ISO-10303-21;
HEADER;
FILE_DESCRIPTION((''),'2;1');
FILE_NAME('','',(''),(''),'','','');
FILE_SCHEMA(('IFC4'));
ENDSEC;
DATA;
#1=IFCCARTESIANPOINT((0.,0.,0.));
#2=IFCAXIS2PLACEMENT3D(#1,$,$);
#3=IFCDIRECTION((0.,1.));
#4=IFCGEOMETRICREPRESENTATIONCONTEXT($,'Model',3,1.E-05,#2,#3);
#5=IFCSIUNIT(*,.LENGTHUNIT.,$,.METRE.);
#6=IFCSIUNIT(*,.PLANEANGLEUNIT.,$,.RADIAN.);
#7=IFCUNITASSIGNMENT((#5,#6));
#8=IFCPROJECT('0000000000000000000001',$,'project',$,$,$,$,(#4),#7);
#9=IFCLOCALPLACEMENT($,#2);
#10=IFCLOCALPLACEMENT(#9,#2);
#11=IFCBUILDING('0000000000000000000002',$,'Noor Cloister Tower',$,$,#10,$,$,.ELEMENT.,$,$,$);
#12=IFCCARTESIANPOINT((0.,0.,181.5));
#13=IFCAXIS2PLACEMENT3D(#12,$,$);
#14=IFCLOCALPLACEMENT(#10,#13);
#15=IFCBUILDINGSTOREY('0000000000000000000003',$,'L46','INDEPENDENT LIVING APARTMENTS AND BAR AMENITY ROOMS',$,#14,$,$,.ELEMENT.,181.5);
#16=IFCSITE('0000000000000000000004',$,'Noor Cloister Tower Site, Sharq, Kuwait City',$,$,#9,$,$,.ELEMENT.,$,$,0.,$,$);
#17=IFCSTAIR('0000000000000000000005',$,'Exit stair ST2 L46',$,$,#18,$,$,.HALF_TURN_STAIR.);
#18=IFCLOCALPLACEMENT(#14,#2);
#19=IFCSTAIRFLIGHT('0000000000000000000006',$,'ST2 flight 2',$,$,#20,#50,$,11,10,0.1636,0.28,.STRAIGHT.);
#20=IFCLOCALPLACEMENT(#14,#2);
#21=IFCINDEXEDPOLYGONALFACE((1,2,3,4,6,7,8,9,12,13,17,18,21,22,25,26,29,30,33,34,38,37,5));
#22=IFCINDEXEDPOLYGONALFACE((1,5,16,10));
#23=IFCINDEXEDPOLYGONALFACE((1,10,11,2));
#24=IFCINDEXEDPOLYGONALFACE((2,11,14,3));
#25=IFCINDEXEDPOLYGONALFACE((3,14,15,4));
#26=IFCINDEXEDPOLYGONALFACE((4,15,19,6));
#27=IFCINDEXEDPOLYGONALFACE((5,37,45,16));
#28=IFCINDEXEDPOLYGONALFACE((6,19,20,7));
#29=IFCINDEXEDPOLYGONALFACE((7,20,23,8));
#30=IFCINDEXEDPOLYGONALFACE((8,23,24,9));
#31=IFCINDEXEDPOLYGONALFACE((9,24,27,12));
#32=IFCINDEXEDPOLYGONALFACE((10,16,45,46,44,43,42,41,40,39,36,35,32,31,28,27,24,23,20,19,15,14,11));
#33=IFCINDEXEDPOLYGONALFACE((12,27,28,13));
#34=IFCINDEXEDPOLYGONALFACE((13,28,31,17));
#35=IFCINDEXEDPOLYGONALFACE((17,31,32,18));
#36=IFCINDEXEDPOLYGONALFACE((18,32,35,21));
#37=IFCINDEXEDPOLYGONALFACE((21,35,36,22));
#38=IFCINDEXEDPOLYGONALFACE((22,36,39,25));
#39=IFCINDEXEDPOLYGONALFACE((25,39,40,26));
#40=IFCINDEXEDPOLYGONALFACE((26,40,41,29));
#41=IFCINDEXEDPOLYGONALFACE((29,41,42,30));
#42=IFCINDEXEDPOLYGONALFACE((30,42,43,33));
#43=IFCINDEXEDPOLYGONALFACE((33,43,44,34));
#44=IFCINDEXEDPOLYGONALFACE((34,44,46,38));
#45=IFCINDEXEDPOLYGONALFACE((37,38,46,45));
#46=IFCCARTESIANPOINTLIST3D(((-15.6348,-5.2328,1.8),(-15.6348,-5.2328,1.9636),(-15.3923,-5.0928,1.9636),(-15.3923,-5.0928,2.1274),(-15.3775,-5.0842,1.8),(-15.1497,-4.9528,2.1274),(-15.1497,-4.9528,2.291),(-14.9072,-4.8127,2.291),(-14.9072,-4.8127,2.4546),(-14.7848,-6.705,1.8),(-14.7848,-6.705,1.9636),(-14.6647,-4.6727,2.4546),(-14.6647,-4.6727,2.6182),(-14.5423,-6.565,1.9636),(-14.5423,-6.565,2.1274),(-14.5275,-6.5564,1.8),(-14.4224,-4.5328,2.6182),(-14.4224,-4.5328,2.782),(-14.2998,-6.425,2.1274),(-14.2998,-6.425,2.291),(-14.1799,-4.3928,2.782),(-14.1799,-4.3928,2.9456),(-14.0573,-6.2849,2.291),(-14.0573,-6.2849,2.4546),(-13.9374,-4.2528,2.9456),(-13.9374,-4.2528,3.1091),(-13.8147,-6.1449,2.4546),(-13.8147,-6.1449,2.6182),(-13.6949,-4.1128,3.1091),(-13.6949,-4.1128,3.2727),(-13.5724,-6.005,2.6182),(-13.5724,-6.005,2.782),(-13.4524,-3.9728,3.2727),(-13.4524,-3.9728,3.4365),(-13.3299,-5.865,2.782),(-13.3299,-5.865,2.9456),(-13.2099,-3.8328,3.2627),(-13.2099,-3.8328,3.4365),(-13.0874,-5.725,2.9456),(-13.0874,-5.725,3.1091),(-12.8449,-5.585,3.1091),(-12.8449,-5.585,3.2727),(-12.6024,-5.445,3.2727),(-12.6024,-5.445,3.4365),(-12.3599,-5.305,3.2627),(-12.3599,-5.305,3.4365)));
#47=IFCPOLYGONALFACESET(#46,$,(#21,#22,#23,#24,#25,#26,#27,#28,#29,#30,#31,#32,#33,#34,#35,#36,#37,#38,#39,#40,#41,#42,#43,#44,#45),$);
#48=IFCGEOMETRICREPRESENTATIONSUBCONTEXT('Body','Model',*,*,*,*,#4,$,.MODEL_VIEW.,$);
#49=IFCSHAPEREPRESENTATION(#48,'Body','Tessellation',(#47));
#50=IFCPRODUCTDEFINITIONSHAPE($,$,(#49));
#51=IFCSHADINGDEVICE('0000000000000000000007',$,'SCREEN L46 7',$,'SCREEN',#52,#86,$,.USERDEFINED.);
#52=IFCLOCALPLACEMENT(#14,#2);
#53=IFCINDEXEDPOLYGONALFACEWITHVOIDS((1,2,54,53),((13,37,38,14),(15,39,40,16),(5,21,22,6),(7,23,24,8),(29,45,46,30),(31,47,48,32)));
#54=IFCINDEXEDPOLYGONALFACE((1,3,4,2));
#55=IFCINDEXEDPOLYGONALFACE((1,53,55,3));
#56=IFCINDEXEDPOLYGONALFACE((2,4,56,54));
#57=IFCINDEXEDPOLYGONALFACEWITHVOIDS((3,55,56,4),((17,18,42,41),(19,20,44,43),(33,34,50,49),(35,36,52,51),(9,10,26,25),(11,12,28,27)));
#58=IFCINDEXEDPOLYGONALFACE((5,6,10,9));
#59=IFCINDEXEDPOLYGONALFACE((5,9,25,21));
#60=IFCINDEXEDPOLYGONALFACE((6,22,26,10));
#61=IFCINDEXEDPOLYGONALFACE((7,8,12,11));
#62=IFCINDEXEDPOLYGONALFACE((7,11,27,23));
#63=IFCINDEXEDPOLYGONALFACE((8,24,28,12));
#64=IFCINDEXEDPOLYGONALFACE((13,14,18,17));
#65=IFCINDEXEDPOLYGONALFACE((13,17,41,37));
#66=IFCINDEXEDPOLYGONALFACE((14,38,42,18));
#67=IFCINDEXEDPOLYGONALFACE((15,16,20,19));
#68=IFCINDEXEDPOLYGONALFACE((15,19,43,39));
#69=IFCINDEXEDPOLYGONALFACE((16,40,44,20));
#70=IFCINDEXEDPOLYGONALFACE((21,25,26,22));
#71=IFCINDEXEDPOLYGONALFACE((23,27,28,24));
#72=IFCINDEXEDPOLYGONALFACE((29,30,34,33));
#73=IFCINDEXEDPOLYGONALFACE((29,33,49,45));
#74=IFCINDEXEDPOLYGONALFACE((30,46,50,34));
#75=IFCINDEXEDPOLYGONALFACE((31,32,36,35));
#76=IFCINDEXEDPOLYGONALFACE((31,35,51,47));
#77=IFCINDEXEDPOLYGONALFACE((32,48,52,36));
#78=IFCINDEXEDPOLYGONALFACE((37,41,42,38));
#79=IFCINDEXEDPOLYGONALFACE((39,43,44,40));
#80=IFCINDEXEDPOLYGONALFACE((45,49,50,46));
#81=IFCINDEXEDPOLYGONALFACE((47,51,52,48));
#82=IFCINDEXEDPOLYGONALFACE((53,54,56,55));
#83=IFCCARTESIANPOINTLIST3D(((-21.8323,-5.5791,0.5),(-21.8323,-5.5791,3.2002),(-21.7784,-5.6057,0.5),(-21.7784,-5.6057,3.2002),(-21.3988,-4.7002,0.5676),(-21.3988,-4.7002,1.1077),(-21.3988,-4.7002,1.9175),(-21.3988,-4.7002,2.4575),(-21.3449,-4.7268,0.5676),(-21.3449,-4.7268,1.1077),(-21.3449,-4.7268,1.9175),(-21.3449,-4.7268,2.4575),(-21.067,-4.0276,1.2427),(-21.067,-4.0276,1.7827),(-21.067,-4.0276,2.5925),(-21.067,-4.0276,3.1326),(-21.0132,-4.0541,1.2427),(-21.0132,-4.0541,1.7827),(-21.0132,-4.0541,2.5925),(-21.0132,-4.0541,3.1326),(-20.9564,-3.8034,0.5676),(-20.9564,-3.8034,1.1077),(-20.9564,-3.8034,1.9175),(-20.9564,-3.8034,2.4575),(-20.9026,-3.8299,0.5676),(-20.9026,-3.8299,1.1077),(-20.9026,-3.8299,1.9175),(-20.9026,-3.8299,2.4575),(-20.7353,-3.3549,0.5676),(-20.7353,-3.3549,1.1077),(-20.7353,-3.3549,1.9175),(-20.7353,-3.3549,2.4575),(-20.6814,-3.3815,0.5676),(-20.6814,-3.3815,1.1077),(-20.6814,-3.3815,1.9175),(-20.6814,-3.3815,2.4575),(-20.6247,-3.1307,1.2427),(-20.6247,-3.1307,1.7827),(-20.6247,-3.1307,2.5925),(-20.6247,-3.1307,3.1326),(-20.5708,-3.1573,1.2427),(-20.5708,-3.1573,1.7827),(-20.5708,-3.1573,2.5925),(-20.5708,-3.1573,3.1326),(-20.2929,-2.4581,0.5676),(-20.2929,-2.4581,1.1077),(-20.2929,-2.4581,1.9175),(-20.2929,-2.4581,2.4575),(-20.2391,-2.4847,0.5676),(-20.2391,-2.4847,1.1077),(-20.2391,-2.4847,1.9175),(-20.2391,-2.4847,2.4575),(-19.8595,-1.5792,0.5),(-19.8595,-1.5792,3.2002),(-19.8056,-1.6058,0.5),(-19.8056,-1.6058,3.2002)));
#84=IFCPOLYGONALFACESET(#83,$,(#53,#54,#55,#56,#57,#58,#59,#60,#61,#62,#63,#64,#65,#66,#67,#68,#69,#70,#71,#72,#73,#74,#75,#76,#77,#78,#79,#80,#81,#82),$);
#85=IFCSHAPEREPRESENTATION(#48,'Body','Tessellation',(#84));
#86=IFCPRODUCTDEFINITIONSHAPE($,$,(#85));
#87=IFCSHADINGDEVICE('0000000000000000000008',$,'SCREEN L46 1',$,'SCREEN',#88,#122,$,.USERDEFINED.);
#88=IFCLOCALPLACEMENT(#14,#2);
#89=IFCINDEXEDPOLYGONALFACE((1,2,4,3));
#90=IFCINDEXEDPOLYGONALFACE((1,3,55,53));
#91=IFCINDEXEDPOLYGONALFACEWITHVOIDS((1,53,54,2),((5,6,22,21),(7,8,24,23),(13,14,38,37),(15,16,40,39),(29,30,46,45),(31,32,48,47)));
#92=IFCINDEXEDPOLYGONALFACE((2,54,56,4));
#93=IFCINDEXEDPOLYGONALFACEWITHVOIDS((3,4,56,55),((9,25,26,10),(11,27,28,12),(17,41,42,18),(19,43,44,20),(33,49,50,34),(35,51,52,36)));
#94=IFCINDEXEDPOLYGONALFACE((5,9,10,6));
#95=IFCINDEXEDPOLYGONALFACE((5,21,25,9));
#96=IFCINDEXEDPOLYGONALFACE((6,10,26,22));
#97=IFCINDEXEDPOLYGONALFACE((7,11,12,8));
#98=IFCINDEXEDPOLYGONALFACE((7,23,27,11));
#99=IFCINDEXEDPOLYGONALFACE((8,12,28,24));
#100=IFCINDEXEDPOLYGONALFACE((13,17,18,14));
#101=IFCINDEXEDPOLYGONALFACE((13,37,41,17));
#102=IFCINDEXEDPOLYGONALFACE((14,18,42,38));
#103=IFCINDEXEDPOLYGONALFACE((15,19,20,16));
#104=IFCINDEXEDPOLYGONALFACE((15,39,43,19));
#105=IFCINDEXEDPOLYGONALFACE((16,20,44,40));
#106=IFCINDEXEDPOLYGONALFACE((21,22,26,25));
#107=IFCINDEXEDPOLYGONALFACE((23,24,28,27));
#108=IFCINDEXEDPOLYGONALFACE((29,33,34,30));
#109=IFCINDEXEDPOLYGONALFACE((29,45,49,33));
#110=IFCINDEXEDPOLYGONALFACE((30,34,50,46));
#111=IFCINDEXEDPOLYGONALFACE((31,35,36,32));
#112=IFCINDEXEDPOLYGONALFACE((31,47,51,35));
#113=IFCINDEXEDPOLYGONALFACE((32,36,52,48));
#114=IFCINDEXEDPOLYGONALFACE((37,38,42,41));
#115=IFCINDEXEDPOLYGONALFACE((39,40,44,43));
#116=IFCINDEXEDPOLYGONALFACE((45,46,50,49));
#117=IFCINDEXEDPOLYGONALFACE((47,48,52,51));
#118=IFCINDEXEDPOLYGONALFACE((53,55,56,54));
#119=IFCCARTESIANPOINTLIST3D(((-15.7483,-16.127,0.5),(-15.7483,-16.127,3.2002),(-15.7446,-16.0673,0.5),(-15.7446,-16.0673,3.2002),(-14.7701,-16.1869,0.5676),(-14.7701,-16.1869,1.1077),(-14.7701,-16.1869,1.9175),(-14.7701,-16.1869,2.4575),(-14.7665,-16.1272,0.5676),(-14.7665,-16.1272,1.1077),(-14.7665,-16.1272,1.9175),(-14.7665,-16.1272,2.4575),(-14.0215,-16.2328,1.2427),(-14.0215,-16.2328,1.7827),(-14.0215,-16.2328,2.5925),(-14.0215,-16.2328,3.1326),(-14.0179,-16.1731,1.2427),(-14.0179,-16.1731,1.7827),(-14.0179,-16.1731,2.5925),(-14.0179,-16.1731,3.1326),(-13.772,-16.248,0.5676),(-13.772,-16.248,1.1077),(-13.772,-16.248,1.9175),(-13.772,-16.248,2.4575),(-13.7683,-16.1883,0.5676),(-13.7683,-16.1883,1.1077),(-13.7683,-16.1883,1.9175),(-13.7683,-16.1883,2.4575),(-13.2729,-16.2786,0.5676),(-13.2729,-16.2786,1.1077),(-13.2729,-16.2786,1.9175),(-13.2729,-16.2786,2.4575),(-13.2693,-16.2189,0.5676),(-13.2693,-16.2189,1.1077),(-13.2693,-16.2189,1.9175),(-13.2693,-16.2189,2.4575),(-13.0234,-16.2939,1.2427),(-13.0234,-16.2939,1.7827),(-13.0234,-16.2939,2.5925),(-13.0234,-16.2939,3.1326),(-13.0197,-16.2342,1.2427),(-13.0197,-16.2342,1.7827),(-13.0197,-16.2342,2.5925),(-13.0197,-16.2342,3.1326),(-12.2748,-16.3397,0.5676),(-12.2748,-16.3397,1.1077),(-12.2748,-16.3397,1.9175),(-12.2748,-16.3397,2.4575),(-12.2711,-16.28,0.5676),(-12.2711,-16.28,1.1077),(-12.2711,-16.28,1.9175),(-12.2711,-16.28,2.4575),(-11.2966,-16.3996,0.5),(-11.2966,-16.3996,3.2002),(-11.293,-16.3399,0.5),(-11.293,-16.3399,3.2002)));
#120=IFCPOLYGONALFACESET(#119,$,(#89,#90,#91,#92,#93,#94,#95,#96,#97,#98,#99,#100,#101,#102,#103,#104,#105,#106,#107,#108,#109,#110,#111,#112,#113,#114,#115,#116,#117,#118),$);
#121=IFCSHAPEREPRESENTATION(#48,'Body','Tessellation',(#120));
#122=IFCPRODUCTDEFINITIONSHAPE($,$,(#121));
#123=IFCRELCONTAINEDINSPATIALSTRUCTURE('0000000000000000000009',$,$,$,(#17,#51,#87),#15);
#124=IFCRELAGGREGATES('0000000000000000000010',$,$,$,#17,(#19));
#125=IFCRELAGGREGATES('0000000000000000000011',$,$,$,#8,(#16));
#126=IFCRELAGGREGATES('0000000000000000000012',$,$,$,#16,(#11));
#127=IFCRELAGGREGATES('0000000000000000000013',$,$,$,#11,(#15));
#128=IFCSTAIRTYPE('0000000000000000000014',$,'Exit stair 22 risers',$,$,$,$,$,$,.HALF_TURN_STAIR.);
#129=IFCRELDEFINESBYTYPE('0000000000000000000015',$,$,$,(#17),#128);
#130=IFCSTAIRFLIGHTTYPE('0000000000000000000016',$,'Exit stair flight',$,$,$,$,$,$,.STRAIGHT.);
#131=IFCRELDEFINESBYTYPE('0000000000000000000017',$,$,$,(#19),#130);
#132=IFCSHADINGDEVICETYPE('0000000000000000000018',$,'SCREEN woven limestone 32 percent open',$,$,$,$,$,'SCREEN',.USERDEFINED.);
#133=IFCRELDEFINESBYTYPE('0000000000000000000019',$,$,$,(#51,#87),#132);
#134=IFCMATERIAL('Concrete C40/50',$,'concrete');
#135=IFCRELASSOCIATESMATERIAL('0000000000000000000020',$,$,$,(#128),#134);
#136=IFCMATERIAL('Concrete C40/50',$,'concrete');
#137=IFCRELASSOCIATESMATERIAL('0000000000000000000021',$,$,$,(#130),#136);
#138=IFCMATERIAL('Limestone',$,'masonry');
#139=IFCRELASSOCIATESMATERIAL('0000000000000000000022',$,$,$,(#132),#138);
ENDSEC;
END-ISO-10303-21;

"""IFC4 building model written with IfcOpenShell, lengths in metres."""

from ifc_helpers import new_model, si_unit, direction, frame, origin, place, context, subcontext, project, spatial, polyline, outline, extrude, material, material_profile, profile_set, type_object, element, aggregate, save


model = new_model("IFC4")

# Units and contexts
model_context = context("Model", 3, precision=1e-05, world=origin(), true_north=direction((0.0, 1.0)))
body_context = subcontext(model_context, "Body", "Model", "MODEL_VIEW")
ifc_project = project(units=[si_unit("LENGTHUNIT", "METRE"), si_unit("PLANEANGLEUNIT", "RADIAN")], contexts=[model_context])

# Site, building, storey
site_placement = place(None, origin())
site = spatial("IfcSite", under=ifc_project, at=site_placement, Name="Noor Cloister Tower Site, Sharq, Kuwait City", CompositionType="ELEMENT", RefElevation=0.0)
building_placement = place(site_placement, origin())
building = spatial("IfcBuilding", under=site, at=building_placement, Name="Noor Cloister Tower", CompositionType="ELEMENT")
storey_placement = place(building_placement, frame((0.0, 0.0, 181.5)))
storey = spatial("IfcBuildingStorey", under=building, at=storey_placement, Name="L46", Description="INDEPENDENT LIVING APARTMENTS AND BAR AMENITY ROOMS", CompositionType="ELEMENT", Elevation=181.5)

# Stair, stair flight
ifc_material_1 = material(Name="Concrete C40/50", Category="concrete")
stair_type = type_object("IfcStairType", Name="Exit stair 22 risers", PredefinedType="HALF_TURN_STAIR", material=ifc_material_1)
stair_placement = place(storey_placement, origin())
stair = element("IfcStair", 1, at=stair_placement, inside=storey, type_object=stair_type, Name="Exit stair ST2 L46", PredefinedType="HALF_TURN_STAIR")
ifc_material_2 = material(Name="Concrete C40/50", Category="concrete")
stair_flight_type = type_object("IfcStairFlightType", Name="Exit stair flight", PredefinedType="STRAIGHT", material=ifc_material_2)
stair_flight_1_placement = place(storey_placement, frame((-15.2097, -5.969, 1.8), z_axis=(0.0, 0.0, 1.0), x_axis=(0.866025, 0.5, 0.0)))
stair_flight_1 = element("IfcStairFlight", 2, at=stair_flight_1_placement, type_object=stair_flight_type, Name="ST2 flight 2", NumberOfRisers=11, NumberOfTreads=10, PredefinedType="STRAIGHT", RiserHeight=0.1636, TreadLength=0.28, context=body_context, shape_type="SweptSolid", body=[
    extrude(outline(polyline([(0.0, 0.0), (0.0, 0.1636), (0.28, 0.1636), (0.28, 0.3274), (0.5601, 0.3274), (0.5601, 0.491), (0.8401, 0.491), (0.8401, 0.6545), (1.1201, 0.6545), (1.1201, 0.8181), (1.3999, 0.8181), (1.3999, 0.9819), (1.6799, 0.9819), (1.6799, 1.1455), (1.96, 1.1455), (1.96, 1.3091), (2.24, 1.3091), (2.24, 1.4727), (2.52, 1.4727), (2.52, 1.6365), (2.8, 1.6365), (2.8, 1.8), (2.8, 1.4626), (0.2971, 0.0), (0.0, 0.0)])), frame((0.0, 0.8501, 0.0), z_axis=(0.0, -1.0, 0.0), x_axis=(1.0, 0.0, 0.0)), (0.0, 0.0, 1.0), 1.7),
])
aggregate(stair, [stair_flight_1])

# Shading devices
ifc_material_3 = material(Name="Limestone", Category="masonry")
ifc_material_profile_1 = material_profile(ifc_material_3, outline(polyline([(-2.23, -1.3501), (2.23, -1.3501), (2.23, 1.3501), (-2.23, 1.3501), (-2.23, -1.3501)]), holes=[polyline([(-1.25, -1.2825), (-0.25, -1.2825), (-0.25, -0.7424), (-1.25, -0.7424), (-1.25, -1.2825)]), polyline([(0.25, -1.2825), (1.25, -1.2825), (1.25, -0.7424), (0.25, -0.7424), (0.25, -1.2825)]), polyline([(-0.5, -0.6074), (0.5, -0.6074), (0.5, -0.0674), (-0.5, -0.0674), (-0.5, -0.6074)]), polyline([(-1.25, 0.0674), (-0.25, 0.0674), (-0.25, 0.6074), (-1.25, 0.6074), (-1.25, 0.0674)]), polyline([(0.25, 0.0674), (1.25, 0.0674), (1.25, 0.6074), (0.25, 0.6074), (0.25, 0.0674)]), polyline([(-0.5, 0.7424), (0.5, 0.7424), (0.5, 1.2825), (-0.5, 1.2825), (-0.5, 0.7424)])]), Name="Woven screen 32 percent open")
ifc_profile_set_1 = profile_set([ifc_material_profile_1], Name="Limestone")
shading_device_type = type_object("IfcShadingDeviceType", Name="SCREEN woven limestone 32 percent open", ElementType="SCREEN", PredefinedType="USERDEFINED", material=ifc_profile_set_1)
shading_device_1_placement = place(storey_placement, frame((-20.792, -3.6057, 1.8501), z_axis=(-0.896849, 0.442337, 0.0), x_axis=(-0.442337, -0.896849, 0.0)))
element("IfcShadingDevice", 3, at=shading_device_1_placement, inside=storey, type_object=shading_device_type, Name="SCREEN L46 7", ObjectType="SCREEN", PredefinedType="USERDEFINED", context=body_context, shape_type="SweptSolid", body=[
    extrude(outline(polyline([(-2.23, -1.3501), (2.23, -1.3501), (2.23, 1.3501), (-2.23, 1.3501), (-2.23, -1.3501)]), holes=[polyline([(-1.25, -1.2825), (-0.25, -1.2825), (-0.25, -0.7424), (-1.25, -0.7424), (-1.25, -1.2825)]), polyline([(0.25, -1.2825), (1.25, -1.2825), (1.25, -0.7424), (0.25, -0.7424), (0.25, -1.2825)]), polyline([(-0.5, -0.6074), (0.5, -0.6074), (0.5, -0.0674), (-0.5, -0.0674), (-0.5, -0.6074)]), polyline([(-1.25, 0.0674), (-0.25, 0.0674), (-0.25, 0.6074), (-1.25, 0.6074), (-1.25, 0.0674)]), polyline([(0.25, 0.0674), (1.25, 0.0674), (1.25, 0.6074), (0.25, 0.6074), (0.25, 0.0674)]), polyline([(-0.5, 0.7424), (0.5, 0.7424), (0.5, 1.2825), (-0.5, 1.2825), (-0.5, 0.7424)])]), origin(), (0.0, 0.0, 1.0), 0.0601),
])
shading_device_2_placement = place(storey_placement, frame((-13.5188, -16.2036, 1.8501), z_axis=(-0.06111, -0.998131, 0.0), x_axis=(0.998131, -0.06111, 0.0)))
element("IfcShadingDevice", 4, at=shading_device_2_placement, inside=storey, type_object=shading_device_type, Name="SCREEN L46 1", ObjectType="SCREEN", PredefinedType="USERDEFINED", context=body_context, shape_type="SweptSolid", body=[
    extrude(outline(polyline([(-2.23, -1.3501), (2.23, -1.3501), (2.23, 1.3501), (-2.23, 1.3501), (-2.23, -1.3501)]), holes=[polyline([(-1.25, -1.2825), (-0.25, -1.2825), (-0.25, -0.7424), (-1.25, -0.7424), (-1.25, -1.2825)]), polyline([(0.25, -1.2825), (1.25, -1.2825), (1.25, -0.7424), (0.25, -0.7424), (0.25, -1.2825)]), polyline([(-0.5, -0.6074), (0.5, -0.6074), (0.5, -0.0674), (-0.5, -0.0674), (-0.5, -0.6074)]), polyline([(-1.25, 0.0674), (-0.25, 0.0674), (-0.25, 0.6074), (-1.25, 0.6074), (-1.25, 0.0674)]), polyline([(0.25, 0.0674), (1.25, 0.0674), (1.25, 0.6074), (0.25, 0.6074), (0.25, 0.0674)]), polyline([(-0.5, 0.7424), (0.5, 0.7424), (0.5, 1.2825), (-0.5, 1.2825), (-0.5, 0.7424)])]), origin(), (0.0, 0.0, 1.0), 0.0598),
])

save(model, "model.ifc")
